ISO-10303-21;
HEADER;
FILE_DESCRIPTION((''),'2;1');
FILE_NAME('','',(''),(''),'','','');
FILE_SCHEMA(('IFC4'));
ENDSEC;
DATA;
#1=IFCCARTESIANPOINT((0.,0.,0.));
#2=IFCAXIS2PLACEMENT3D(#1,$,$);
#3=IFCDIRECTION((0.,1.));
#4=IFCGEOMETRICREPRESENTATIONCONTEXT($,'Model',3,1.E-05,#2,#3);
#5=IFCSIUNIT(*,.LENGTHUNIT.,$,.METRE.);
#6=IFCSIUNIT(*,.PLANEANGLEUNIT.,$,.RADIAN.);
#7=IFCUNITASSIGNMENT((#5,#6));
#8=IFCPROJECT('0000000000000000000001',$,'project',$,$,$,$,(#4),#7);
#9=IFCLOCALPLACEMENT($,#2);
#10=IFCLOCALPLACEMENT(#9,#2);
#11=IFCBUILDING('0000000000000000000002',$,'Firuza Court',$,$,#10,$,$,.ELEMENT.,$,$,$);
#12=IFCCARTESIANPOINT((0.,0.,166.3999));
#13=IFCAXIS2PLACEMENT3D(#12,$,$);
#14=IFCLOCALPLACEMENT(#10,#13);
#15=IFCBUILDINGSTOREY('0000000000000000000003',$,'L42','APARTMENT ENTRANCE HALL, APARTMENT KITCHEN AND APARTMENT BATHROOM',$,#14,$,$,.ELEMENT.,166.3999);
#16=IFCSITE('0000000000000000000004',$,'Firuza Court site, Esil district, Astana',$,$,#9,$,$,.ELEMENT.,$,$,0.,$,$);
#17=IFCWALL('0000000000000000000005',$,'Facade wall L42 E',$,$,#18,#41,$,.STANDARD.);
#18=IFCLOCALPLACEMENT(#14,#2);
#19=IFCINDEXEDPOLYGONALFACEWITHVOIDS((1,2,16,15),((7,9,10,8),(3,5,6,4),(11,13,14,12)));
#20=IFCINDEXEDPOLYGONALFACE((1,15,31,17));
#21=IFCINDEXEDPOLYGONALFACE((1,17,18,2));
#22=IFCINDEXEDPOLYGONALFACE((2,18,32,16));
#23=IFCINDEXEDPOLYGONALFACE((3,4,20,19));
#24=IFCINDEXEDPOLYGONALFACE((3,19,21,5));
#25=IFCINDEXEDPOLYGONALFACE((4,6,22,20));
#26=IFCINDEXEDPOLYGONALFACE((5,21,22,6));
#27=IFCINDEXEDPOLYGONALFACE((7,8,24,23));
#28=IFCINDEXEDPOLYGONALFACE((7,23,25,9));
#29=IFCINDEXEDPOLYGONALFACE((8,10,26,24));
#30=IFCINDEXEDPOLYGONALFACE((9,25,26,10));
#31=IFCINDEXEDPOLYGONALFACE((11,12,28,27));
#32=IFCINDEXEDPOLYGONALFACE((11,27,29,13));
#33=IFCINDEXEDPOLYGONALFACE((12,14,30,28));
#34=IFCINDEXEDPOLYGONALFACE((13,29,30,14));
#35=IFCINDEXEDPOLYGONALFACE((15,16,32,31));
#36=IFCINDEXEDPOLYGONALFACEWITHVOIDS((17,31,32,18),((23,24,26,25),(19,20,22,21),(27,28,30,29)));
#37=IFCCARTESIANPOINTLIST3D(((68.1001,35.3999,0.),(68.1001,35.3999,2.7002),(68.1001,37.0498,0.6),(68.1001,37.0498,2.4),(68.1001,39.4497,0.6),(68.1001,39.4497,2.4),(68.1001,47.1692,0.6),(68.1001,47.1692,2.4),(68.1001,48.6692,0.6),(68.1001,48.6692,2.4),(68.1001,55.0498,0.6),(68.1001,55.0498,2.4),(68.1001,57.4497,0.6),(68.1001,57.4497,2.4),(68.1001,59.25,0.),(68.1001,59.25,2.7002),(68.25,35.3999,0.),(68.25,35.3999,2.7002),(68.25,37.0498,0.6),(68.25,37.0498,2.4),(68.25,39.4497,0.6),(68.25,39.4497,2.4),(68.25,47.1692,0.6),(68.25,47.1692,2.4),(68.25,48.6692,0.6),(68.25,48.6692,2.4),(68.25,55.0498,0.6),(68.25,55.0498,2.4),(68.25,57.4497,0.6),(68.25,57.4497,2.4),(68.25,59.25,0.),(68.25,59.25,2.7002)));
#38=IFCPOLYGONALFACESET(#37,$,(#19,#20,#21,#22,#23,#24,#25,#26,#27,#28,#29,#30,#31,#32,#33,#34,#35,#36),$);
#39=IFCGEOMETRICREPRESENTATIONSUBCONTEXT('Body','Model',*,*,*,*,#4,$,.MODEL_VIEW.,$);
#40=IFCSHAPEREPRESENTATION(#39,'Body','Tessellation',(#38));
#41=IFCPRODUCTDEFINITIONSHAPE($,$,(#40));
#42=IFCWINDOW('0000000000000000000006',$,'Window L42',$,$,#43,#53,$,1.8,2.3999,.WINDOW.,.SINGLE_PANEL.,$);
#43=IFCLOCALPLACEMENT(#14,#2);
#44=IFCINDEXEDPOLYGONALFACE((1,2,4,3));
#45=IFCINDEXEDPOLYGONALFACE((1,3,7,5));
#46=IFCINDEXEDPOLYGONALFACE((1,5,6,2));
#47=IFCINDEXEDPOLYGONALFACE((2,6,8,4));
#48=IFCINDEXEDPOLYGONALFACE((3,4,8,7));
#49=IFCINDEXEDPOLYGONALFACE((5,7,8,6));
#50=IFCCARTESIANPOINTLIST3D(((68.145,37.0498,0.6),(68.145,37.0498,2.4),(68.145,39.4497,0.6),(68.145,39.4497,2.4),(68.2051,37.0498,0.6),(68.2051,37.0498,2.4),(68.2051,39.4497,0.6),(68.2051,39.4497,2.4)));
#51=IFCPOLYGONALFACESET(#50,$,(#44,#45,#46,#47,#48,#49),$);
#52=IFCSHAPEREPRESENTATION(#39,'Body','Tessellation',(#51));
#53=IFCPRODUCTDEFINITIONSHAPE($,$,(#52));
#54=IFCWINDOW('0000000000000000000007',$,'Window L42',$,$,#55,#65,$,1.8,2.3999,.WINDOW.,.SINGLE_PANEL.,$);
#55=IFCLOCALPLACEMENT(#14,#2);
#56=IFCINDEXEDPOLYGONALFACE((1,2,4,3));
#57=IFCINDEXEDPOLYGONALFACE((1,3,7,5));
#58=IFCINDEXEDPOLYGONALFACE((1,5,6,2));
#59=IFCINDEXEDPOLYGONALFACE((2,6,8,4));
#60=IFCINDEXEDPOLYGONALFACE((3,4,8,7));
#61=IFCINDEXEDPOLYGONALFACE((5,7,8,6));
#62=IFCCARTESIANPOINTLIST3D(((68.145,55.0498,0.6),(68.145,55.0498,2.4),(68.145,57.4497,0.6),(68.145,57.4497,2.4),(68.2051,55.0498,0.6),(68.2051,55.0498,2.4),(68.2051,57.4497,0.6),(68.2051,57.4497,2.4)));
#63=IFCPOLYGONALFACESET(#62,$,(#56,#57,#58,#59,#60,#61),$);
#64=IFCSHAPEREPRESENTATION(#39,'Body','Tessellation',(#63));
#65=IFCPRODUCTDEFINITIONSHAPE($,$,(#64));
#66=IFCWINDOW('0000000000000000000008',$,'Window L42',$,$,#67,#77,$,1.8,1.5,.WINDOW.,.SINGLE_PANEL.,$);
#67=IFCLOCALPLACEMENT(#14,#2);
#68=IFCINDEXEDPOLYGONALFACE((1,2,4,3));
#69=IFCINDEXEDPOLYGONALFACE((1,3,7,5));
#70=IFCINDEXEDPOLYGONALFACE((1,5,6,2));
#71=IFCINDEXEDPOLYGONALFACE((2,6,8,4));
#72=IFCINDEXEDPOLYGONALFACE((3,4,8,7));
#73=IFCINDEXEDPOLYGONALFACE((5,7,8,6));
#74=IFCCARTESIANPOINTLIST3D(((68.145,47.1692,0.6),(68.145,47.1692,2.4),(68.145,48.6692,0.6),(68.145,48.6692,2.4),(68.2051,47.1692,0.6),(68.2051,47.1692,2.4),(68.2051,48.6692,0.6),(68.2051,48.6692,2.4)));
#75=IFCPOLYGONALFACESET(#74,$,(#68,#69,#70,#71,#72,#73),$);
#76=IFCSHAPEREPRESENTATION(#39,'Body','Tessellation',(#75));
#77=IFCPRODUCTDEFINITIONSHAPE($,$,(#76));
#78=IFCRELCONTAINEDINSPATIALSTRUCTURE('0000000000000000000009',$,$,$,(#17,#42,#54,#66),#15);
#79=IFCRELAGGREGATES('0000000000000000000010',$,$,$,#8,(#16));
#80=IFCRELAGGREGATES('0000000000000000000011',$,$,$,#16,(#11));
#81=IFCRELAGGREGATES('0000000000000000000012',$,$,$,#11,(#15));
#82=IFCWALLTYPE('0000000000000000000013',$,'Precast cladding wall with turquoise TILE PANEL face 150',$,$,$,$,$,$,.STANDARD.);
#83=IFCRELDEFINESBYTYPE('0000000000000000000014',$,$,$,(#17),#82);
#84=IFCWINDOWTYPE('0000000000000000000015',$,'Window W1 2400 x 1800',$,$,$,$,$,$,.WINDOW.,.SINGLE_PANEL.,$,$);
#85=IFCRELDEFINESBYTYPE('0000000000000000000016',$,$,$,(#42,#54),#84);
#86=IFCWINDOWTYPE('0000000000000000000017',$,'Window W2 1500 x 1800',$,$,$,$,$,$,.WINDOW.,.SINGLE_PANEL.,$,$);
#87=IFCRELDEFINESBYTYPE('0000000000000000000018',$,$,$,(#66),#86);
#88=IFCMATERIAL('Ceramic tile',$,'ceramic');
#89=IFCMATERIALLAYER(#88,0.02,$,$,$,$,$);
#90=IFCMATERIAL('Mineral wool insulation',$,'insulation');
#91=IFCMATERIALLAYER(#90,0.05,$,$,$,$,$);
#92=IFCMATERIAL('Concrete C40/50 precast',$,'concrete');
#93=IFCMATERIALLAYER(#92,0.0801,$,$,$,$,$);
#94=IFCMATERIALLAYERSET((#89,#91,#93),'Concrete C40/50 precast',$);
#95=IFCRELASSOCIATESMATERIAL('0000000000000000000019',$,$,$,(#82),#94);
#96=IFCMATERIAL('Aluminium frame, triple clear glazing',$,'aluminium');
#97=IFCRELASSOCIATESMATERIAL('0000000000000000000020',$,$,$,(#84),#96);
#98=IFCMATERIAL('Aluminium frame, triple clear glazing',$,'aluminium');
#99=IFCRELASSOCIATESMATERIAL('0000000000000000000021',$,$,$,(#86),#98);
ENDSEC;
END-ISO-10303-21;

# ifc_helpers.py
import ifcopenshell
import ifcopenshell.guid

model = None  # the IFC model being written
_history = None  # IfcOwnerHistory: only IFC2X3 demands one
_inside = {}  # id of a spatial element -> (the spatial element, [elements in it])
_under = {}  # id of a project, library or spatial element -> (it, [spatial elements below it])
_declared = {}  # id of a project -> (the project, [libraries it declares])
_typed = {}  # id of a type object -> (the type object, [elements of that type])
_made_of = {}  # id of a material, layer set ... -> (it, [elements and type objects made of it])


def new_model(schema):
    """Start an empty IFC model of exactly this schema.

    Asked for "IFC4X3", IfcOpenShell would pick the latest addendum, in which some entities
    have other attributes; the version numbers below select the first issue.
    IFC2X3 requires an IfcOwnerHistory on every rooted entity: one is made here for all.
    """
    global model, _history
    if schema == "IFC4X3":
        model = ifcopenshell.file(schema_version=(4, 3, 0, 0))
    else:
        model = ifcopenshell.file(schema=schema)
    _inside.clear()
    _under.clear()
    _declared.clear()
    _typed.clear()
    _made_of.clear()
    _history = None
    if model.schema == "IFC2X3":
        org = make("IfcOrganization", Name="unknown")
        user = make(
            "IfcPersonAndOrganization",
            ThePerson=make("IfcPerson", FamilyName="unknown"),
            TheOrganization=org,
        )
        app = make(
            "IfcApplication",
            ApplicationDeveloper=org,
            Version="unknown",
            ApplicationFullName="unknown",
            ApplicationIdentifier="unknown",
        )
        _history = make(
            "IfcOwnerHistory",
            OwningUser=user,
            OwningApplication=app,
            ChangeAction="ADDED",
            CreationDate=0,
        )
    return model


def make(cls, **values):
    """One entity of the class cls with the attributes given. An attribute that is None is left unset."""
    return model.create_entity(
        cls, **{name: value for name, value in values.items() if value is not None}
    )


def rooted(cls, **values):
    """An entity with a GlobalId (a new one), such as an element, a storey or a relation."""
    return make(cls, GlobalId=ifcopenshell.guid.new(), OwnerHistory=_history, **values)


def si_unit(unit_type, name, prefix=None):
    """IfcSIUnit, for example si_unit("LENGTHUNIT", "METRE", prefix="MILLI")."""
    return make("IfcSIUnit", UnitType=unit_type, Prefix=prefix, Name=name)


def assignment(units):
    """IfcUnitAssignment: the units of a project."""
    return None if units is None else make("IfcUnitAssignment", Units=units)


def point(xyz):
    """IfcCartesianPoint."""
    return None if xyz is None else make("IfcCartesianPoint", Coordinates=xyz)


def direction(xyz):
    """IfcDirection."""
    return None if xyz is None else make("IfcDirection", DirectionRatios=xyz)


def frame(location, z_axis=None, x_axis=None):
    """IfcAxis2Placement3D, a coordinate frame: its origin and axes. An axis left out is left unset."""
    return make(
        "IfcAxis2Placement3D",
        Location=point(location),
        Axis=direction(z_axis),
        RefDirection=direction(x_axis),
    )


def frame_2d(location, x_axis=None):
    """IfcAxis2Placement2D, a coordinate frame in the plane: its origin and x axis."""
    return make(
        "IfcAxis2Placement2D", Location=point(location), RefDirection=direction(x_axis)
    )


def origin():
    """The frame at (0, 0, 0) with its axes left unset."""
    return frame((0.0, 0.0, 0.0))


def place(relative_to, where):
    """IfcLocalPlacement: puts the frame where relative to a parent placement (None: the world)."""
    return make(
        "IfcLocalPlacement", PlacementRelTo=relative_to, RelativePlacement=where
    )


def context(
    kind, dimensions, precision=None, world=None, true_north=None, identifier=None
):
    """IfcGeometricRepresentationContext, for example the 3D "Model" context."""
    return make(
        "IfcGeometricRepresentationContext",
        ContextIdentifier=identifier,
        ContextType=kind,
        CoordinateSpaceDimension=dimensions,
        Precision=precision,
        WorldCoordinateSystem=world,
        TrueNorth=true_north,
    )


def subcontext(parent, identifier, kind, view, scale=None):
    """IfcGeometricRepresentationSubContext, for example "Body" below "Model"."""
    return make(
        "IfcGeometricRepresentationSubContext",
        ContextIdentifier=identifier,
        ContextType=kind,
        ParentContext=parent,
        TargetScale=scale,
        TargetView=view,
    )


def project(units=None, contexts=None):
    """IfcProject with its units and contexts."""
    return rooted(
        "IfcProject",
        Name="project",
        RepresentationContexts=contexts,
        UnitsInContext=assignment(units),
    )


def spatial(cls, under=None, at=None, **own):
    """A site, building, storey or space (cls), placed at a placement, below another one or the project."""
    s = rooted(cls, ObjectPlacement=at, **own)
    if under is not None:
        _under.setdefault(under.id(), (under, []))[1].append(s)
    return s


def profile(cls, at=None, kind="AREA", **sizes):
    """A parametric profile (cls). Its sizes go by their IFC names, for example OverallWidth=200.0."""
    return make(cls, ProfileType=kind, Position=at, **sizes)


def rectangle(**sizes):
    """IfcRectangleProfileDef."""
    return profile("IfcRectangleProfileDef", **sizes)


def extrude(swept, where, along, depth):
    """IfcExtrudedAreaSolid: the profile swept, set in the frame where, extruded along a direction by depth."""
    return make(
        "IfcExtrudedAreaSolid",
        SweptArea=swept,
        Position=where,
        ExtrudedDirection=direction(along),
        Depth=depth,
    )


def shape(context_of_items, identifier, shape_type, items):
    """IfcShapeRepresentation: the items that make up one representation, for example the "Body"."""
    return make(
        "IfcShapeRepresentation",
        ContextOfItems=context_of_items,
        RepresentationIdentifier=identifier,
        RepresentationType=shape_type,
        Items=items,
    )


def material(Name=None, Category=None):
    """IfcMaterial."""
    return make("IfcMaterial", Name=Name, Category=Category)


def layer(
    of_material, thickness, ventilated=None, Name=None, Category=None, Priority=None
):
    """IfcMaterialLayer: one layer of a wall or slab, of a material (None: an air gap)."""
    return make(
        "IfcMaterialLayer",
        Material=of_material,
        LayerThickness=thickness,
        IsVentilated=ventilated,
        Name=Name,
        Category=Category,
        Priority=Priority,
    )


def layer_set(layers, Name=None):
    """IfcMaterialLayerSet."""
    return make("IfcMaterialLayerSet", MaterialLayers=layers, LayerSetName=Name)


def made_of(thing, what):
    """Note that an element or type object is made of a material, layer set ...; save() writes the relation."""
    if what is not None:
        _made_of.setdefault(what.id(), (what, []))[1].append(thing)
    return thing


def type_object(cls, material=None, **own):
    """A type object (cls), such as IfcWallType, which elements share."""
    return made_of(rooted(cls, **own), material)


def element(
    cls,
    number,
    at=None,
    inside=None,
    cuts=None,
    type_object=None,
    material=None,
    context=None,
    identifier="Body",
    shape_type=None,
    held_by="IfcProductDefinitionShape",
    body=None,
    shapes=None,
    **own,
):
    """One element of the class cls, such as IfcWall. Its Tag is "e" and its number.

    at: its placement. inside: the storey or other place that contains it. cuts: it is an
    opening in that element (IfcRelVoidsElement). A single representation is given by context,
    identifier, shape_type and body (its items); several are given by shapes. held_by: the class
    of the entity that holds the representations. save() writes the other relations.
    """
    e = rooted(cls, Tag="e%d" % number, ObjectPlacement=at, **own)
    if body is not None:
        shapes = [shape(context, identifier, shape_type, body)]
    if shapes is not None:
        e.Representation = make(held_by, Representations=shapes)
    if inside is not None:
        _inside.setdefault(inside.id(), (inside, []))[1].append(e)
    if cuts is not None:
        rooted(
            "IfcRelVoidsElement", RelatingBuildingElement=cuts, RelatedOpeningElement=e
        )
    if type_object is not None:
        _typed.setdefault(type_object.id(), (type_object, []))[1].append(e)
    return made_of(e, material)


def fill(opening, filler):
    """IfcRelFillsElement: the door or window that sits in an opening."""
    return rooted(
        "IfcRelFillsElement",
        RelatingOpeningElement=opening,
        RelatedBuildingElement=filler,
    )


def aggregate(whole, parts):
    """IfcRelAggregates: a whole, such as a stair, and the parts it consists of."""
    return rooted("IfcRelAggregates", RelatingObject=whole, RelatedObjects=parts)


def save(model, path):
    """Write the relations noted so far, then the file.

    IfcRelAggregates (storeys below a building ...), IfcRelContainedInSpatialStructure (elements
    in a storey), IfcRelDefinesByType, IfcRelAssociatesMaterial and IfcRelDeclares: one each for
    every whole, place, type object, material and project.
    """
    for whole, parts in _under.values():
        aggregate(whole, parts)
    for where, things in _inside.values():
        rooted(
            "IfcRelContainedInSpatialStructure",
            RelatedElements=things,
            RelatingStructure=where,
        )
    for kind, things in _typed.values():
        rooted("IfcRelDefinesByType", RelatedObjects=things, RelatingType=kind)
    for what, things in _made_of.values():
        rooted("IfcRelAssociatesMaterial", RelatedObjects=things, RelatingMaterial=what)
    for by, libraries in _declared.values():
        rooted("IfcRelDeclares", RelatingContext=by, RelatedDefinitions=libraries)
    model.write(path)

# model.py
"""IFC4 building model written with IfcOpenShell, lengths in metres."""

from ifc_helpers import new_model, si_unit, direction, frame, frame_2d, origin, place, context, subcontext, project, spatial, rectangle, extrude, material, layer, layer_set, type_object, element, fill, save


model = new_model("IFC4")

# Units and contexts
model_context = context("Model", 3, precision=1e-05, world=origin(), true_north=direction((0.0, 1.0)))
body_context = subcontext(model_context, "Body", "Model", "MODEL_VIEW")
ifc_project = project(units=[si_unit("LENGTHUNIT", "METRE"), si_unit("PLANEANGLEUNIT", "RADIAN")], contexts=[model_context])

# Site, building, storey
site_placement = place(None, origin())
site = spatial("IfcSite", under=ifc_project, at=site_placement, Name="Firuza Court site, Esil district, Astana", CompositionType="ELEMENT", RefElevation=0.0)
building_placement = place(site_placement, origin())
building = spatial("IfcBuilding", under=site, at=building_placement, Name="Firuza Court", CompositionType="ELEMENT")
storey_placement = place(building_placement, frame((0.0, 0.0, 166.3999)))
storey = spatial("IfcBuildingStorey", under=building, at=storey_placement, Name="L42", Description="APARTMENT ENTRANCE HALL, APARTMENT KITCHEN AND APARTMENT BATHROOM", CompositionType="ELEMENT", Elevation=166.3999)

# Wall, openings, windows
ifc_material_1 = material(Name="Ceramic tile", Category="ceramic")
ifc_layer_1 = layer(ifc_material_1, 0.02)
ifc_material_2 = material(Name="Mineral wool insulation", Category="insulation")
ifc_layer_2 = layer(ifc_material_2, 0.05)
ifc_material_3 = material(Name="Concrete C40/50 precast", Category="concrete")
ifc_layer_3 = layer(ifc_material_3, 0.0801)
ifc_layer_set_1 = layer_set([ifc_layer_1, ifc_layer_2, ifc_layer_3], Name="Concrete C40/50 precast")
wall_type_1 = type_object("IfcWallType", Name="Precast cladding wall with turquoise TILE PANEL face 150", PredefinedType="STANDARD", material=ifc_layer_set_1)
wall_1_placement = place(storey_placement, frame((68.175, 35.3999, 0.0), z_axis=(0.0, 0.0, 1.0), x_axis=(0.0, 1.0, 0.0)))
wall_1 = element("IfcWall", 1, at=wall_1_placement, inside=storey, type_object=wall_type_1, Name="Facade wall L42 E", PredefinedType="STANDARD", context=body_context, shape_type="SweptSolid", body=[
    extrude(rectangle(XDim=23.8501, YDim=0.1499, at=frame_2d((11.925, 0.0))), origin(), (0.0, 0.0, 1.0), 2.7002),
])
opening_1_placement = place(wall_1_placement, frame((1.6499, 0.0, 0.6001)))
opening_1 = element("IfcOpeningElement", 2, at=opening_1_placement, cuts=wall_1, PredefinedType="OPENING", context=body_context, shape_type="SweptSolid", body=[
    extrude(rectangle(XDim=2.3999, YDim=1.8, at=frame_2d((1.2, 0.8999))), frame((0.0, 0.0869, 0.0), z_axis=(0.0, -1.0, 0.0), x_axis=(1.0, 0.0, 0.0)), (0.0, 0.0, 1.0), 0.1738),
])
opening_2_placement = place(wall_1_placement, frame((11.7693, 0.0, 0.6001)))
opening_2 = element("IfcOpeningElement", 3, at=opening_2_placement, cuts=wall_1, PredefinedType="OPENING", context=body_context, shape_type="SweptSolid", body=[
    extrude(rectangle(XDim=1.5, YDim=1.8, at=frame_2d((0.75, 0.8999))), frame((0.0, 0.0869, 0.0), z_axis=(0.0, -1.0, 0.0), x_axis=(1.0, 0.0, 0.0)), (0.0, 0.0, 1.0), 0.1738),
])
opening_3_placement = place(wall_1_placement, frame((19.6499, 0.0, 0.6001)))
opening_3 = element("IfcOpeningElement", 4, at=opening_3_placement, cuts=wall_1, PredefinedType="OPENING", context=body_context, shape_type="SweptSolid", body=[
    extrude(rectangle(XDim=2.3999, YDim=1.8, at=frame_2d((1.2, 0.8999))), frame((0.0, 0.0869, 0.0), z_axis=(0.0, -1.0, 0.0), x_axis=(1.0, 0.0, 0.0)), (0.0, 0.0, 1.0), 0.1738),
])
ifc_material_4 = material(Name="Aluminium frame, triple clear glazing", Category="aluminium")
window_type_1 = type_object("IfcWindowType", Name="Window W1 2400 x 1800", PartitioningType="SINGLE_PANEL", PredefinedType="WINDOW", material=ifc_material_4)
window_1_placement = place(opening_1_placement, origin())
window_1 = element("IfcWindow", 5, at=window_1_placement, inside=storey, type_object=window_type_1, Name="Window L42", OverallHeight=1.8, OverallWidth=2.3999, PartitioningType="SINGLE_PANEL", PredefinedType="WINDOW", context=body_context, shape_type="SweptSolid", body=[
    extrude(rectangle(XDim=2.3999, YDim=1.8, at=frame_2d((1.2, 0.8999))), frame((0.0, 0.03, 0.0), z_axis=(0.0, -1.0, 0.0), x_axis=(1.0, 0.0, 0.0)), (0.0, 0.0, 1.0), 0.0601),
])
fill(opening_1, window_1)
window_2_placement = place(opening_3_placement, origin())
window_2 = element("IfcWindow", 6, at=window_2_placement, inside=storey, type_object=window_type_1, Name="Window L42", OverallHeight=1.8, OverallWidth=2.3999, PartitioningType="SINGLE_PANEL", PredefinedType="WINDOW", context=body_context, shape_type="SweptSolid", body=[
    extrude(rectangle(XDim=2.3999, YDim=1.8, at=frame_2d((1.2, 0.8999))), frame((0.0, 0.03, 0.0), z_axis=(0.0, -1.0, 0.0), x_axis=(1.0, 0.0, 0.0)), (0.0, 0.0, 1.0), 0.0601),
])
fill(opening_3, window_2)
ifc_material_5 = material(Name="Aluminium frame, triple clear glazing", Category="aluminium")
window_type_2 = type_object("IfcWindowType", Name="Window W2 1500 x 1800", PartitioningType="SINGLE_PANEL", PredefinedType="WINDOW", material=ifc_material_5)
window_3_placement = place(opening_2_placement, origin())
window_3 = element("IfcWindow", 7, at=window_3_placement, inside=storey, type_object=window_type_2, Name="Window L42", OverallHeight=1.8, OverallWidth=1.5, PartitioningType="SINGLE_PANEL", PredefinedType="WINDOW", context=body_context, shape_type="SweptSolid", body=[
    extrude(rectangle(XDim=1.5, YDim=1.8, at=frame_2d((0.75, 0.8999))), frame((0.0, 0.03, 0.0), z_axis=(0.0, -1.0, 0.0), x_axis=(1.0, 0.0, 0.0)), (0.0, 0.0, 1.0), 0.0601),
])
fill(opening_2, window_3)

save(model, "model.ifc")
